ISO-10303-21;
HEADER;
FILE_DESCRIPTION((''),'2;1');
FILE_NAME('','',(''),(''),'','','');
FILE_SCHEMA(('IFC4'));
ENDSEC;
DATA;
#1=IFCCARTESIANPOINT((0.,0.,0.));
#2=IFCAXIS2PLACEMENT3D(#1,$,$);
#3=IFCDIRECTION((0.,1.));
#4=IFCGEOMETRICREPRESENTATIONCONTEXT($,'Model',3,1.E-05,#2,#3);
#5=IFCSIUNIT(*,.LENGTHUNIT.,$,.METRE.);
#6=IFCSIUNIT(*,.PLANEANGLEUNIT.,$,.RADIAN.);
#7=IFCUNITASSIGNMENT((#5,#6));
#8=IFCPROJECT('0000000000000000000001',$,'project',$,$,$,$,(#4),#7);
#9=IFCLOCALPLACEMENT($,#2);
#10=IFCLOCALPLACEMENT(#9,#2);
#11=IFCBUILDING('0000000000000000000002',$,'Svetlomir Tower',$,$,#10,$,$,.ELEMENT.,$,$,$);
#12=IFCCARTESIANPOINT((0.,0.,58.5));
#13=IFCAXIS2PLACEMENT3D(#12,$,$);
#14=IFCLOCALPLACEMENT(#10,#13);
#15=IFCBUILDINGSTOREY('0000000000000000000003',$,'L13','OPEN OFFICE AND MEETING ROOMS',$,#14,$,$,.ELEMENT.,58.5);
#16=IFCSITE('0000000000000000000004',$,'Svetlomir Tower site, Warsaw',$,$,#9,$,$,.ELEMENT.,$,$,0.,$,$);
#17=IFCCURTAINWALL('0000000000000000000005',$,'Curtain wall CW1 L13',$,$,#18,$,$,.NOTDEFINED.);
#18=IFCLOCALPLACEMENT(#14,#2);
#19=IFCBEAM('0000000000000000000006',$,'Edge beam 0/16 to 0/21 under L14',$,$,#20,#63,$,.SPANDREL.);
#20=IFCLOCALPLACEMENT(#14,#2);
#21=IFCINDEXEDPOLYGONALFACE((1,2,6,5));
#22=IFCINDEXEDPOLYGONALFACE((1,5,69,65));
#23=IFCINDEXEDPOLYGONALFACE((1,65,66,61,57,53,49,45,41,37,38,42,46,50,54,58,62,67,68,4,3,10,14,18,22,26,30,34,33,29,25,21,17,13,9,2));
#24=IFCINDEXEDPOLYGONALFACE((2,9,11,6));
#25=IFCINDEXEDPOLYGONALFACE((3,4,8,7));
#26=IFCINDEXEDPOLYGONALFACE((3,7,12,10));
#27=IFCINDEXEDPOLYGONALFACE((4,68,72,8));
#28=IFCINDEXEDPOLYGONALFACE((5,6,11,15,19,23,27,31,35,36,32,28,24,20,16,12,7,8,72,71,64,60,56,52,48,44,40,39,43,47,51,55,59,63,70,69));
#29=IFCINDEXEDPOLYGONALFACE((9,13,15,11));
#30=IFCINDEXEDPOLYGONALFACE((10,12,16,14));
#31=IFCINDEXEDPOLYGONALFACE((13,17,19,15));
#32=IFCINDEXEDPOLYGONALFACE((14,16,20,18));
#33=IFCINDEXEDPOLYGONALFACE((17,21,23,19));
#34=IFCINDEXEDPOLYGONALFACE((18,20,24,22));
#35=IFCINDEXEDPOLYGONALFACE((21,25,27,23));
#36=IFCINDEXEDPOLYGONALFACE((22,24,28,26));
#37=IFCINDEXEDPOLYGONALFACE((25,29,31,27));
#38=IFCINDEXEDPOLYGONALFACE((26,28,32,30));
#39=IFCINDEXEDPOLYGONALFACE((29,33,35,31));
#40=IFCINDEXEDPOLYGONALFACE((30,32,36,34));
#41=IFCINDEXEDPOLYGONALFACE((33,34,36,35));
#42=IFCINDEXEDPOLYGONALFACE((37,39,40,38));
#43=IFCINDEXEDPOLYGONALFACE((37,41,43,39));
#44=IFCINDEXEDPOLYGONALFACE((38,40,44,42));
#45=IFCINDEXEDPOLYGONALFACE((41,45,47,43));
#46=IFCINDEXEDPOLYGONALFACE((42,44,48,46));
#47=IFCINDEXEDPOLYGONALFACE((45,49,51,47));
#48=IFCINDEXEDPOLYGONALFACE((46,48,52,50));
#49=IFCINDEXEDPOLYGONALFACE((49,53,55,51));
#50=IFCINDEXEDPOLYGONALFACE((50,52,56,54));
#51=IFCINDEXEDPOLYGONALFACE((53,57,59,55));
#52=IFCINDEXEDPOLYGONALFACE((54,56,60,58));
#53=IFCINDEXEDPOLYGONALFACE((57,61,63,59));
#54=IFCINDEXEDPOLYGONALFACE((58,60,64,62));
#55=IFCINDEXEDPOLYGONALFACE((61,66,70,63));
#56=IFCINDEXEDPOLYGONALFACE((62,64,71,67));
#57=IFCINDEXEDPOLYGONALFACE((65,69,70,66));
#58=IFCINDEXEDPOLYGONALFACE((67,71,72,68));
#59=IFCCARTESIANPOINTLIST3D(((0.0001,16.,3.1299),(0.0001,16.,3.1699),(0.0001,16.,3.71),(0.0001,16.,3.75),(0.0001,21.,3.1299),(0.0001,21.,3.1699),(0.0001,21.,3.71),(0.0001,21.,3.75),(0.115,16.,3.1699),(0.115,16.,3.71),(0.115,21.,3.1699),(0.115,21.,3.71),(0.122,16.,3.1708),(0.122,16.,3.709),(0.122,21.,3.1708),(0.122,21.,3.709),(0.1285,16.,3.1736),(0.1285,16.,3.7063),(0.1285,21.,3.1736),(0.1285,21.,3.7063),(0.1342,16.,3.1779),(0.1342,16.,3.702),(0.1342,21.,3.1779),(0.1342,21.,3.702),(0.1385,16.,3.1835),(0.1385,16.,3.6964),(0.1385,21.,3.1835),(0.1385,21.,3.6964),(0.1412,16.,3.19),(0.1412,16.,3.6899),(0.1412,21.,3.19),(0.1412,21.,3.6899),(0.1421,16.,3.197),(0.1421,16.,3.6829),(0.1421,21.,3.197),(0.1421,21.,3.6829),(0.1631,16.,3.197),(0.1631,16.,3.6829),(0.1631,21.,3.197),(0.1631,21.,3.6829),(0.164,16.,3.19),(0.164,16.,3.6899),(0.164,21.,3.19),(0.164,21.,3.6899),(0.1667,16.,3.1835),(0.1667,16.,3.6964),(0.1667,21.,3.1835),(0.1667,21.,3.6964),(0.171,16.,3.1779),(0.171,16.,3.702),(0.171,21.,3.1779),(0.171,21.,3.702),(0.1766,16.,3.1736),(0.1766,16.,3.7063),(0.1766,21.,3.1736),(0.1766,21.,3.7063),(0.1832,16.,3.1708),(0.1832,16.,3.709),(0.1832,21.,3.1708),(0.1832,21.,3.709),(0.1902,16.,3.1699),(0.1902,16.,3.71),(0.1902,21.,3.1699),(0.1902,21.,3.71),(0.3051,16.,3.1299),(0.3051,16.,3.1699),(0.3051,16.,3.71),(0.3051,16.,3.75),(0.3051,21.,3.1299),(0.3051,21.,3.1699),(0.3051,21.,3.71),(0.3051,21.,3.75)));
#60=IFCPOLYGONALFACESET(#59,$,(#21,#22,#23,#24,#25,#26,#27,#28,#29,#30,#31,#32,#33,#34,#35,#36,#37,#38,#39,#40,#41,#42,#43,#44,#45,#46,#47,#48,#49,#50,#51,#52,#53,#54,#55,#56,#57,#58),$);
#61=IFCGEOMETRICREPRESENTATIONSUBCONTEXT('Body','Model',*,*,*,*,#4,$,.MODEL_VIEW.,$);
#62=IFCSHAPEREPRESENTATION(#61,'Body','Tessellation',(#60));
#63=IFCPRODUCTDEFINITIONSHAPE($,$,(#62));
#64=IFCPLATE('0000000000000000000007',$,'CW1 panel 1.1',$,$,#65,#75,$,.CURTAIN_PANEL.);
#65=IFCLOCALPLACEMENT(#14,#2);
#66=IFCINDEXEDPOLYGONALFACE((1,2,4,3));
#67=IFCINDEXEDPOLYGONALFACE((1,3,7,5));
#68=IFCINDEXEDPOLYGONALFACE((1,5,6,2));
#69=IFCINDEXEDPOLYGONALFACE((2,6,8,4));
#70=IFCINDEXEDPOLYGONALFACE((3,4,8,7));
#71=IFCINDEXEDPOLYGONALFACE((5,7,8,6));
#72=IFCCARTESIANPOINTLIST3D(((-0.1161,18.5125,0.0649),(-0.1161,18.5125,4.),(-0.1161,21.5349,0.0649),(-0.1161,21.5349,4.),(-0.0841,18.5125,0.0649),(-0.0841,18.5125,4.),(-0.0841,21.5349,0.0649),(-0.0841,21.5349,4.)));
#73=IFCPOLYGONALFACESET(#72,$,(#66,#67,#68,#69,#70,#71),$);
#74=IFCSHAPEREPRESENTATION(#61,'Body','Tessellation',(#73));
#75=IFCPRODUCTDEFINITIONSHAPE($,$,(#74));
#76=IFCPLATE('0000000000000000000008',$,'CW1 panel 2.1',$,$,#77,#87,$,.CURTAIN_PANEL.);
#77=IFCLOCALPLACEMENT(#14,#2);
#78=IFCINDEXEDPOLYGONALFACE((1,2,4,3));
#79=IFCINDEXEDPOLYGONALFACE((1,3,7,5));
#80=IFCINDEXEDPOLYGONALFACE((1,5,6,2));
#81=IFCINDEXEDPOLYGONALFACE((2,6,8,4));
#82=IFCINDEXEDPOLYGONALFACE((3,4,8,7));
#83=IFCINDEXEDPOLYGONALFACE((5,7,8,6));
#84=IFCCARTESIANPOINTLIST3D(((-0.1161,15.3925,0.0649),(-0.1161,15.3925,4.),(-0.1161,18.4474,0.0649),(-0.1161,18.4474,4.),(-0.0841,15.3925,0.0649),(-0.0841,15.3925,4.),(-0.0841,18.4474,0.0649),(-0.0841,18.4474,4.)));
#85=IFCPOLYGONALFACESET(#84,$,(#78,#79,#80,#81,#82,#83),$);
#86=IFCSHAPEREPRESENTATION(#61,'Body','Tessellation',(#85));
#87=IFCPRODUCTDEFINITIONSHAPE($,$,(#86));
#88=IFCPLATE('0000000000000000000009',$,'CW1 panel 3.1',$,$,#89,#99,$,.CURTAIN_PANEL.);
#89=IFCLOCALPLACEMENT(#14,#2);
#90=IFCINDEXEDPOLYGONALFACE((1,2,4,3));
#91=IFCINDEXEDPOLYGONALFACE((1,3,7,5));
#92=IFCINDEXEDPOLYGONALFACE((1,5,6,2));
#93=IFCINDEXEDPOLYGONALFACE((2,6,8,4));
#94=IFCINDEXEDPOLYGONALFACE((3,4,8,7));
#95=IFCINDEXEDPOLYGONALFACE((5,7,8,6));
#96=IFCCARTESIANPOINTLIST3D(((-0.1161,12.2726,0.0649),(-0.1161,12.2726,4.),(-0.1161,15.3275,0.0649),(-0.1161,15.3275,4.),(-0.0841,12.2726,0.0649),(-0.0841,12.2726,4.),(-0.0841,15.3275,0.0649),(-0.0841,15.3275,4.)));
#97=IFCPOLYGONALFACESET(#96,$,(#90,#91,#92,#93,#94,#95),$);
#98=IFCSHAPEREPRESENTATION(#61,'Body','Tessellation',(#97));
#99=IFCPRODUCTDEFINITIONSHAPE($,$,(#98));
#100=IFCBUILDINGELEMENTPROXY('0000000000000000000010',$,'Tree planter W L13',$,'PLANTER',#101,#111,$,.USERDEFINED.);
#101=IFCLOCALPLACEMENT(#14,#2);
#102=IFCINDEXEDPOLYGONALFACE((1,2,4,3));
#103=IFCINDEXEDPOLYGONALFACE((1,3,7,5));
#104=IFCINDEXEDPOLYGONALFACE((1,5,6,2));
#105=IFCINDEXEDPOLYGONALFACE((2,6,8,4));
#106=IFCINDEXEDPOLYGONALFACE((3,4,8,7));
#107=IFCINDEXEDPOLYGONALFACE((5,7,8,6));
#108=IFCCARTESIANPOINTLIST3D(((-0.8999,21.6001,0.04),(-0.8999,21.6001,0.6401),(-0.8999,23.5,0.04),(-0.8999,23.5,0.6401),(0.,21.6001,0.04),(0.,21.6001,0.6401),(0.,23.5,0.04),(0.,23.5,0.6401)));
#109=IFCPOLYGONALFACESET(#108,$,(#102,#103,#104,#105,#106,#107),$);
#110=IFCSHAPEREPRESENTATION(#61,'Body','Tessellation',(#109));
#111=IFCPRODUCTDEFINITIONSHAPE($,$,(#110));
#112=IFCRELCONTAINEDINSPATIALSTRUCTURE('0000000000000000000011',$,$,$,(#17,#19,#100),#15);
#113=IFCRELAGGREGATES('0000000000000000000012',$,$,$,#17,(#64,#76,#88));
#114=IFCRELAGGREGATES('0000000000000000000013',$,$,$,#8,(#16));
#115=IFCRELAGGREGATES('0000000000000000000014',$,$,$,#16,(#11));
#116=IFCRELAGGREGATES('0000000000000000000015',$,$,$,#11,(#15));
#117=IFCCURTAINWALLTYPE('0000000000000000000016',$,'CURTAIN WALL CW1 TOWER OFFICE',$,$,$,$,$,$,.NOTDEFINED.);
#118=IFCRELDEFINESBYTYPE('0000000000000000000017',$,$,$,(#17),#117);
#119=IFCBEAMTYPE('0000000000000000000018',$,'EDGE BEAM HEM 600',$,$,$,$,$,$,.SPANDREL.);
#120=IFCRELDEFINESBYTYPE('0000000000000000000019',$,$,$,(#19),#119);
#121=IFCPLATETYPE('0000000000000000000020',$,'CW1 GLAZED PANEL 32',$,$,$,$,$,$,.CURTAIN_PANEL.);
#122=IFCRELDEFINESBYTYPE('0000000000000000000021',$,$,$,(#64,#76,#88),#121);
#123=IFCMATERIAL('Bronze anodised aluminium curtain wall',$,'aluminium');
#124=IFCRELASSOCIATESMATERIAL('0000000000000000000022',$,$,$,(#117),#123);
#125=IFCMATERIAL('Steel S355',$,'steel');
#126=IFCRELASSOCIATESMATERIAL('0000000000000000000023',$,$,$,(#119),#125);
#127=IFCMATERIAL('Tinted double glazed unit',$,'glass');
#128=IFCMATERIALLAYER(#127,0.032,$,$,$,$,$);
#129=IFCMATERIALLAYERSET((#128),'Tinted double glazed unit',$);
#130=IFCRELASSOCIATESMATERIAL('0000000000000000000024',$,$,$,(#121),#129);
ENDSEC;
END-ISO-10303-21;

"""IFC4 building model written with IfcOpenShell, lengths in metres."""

from ifc_helpers import new_model, si_unit, direction, frame, origin, origin_2d, place, context, subcontext, project, spatial, rectangle, i_section, extrude, material, layer, layer_set, material_profile, profile_set, type_object, element, aggregate, save


model = new_model("IFC4")

# Units and contexts
model_context = context("Model", 3, precision=1e-05, world=origin(), true_north=direction((0.0, 1.0)))
body_context = subcontext(model_context, "Body", "Model", "MODEL_VIEW")
ifc_project = project(units=[si_unit("LENGTHUNIT", "METRE"), si_unit("PLANEANGLEUNIT", "RADIAN")], contexts=[model_context])

# Site, building, storey
site_placement = place(None, origin())
site = spatial("IfcSite", under=ifc_project, at=site_placement, Name="Svetlomir Tower site, Warsaw", CompositionType="ELEMENT", RefElevation=0.0)
building_placement = place(site_placement, origin())
building = spatial("IfcBuilding", under=site, at=building_placement, Name="Svetlomir Tower", CompositionType="ELEMENT")
storey_placement = place(building_placement, frame((0.0, 0.0, 58.5)))
storey = spatial("IfcBuildingStorey", under=building, at=storey_placement, Name="L13", Description="OPEN OFFICE AND MEETING ROOMS", CompositionType="ELEMENT", Elevation=58.5)

# Curtain wall
ifc_material_1 = material(Name="Bronze anodised aluminium curtain wall", Category="aluminium")
curtain_wall_type = type_object("IfcCurtainWallType", Name="CURTAIN WALL CW1 TOWER OFFICE", PredefinedType="NOTDEFINED", material=ifc_material_1)
curtain_wall_placement = place(storey_placement, origin())
curtain_wall = element("IfcCurtainWall", 1, at=curtain_wall_placement, inside=storey, type_object=curtain_wall_type, Name="Curtain wall CW1 L13", PredefinedType="NOTDEFINED")

# Beam
ifc_material_2 = material(Name="Steel S355", Category="steel")
ifc_material_profile_1 = material_profile(ifc_material_2, i_section(OverallWidth=0.3049, OverallDepth=0.6201, WebThickness=0.021, FlangeThickness=0.04, FilletRadius=0.0271, at=origin_2d()), Name="HEM 600")
ifc_profile_set_1 = profile_set([ifc_material_profile_1], Name="Steel S355")
beam_type_1 = type_object("IfcBeamType", Name="EDGE BEAM HEM 600", PredefinedType="SPANDREL", material=ifc_profile_set_1)
beam_1_placement = place(storey_placement, frame((0.1526, 16.0, 3.4399), z_axis=(0.0, 1.0, 0.0), x_axis=(-1.0, 0.0, 0.0)))
element("IfcBeam", 2, at=beam_1_placement, inside=storey, type_object=beam_type_1, Name="Edge beam 0/16 to 0/21 under L14", PredefinedType="SPANDREL", context=body_context, shape_type="SweptSolid", body=[
    extrude(i_section(OverallWidth=0.3049, OverallDepth=0.6201, WebThickness=0.021, FlangeThickness=0.04, FilletRadius=0.0271, at=origin_2d()), origin(), (0.0, 0.0, 1.0), 5.0),
])

# Plates
ifc_material_3 = material(Name="Tinted double glazed unit", Category="glass")
ifc_layer = layer(ifc_material_3, 0.032)
ifc_layer_set = layer_set([ifc_layer], Name="Tinted double glazed unit")
plate_type = type_object("IfcPlateType", Name="CW1 GLAZED PANEL 32", PredefinedType="CURTAIN_PANEL", material=ifc_layer_set)
plate_1_placement = place(storey_placement, frame((-0.1001, 20.0237, 0.0649), z_axis=(0.0, 0.0, 1.0), x_axis=(0.0, -1.0, 0.0)))
plate_1 = element("IfcPlate", 3, at=plate_1_placement, type_object=plate_type, Name="CW1 panel 1.1", PredefinedType="CURTAIN_PANEL", context=body_context, shape_type="SweptSolid", body=[
    extrude(rectangle(XDim=3.0225, YDim=0.032, at=origin_2d()), origin(), (0.0, 0.0, 1.0), 3.9351),
])
plate_2_placement = place(storey_placement, frame((-0.1001, 16.9199, 0.0649), z_axis=(0.0, 0.0, 1.0), x_axis=(0.0, -1.0, 0.0)))
plate_2 = element("IfcPlate", 4, at=plate_2_placement, type_object=plate_type, Name="CW1 panel 2.1", PredefinedType="CURTAIN_PANEL", context=body_context, shape_type="SweptSolid", body=[
    extrude(rectangle(XDim=3.0549, YDim=0.032, at=origin_2d()), origin(), (0.0, 0.0, 1.0), 3.9351),
])
plate_3_placement = place(storey_placement, frame((-0.1001, 13.8, 0.0649), z_axis=(0.0, 0.0, 1.0), x_axis=(0.0, -1.0, 0.0)))
plate_3 = element("IfcPlate", 5, at=plate_3_placement, type_object=plate_type, Name="CW1 panel 3.1", PredefinedType="CURTAIN_PANEL", context=body_context, shape_type="SweptSolid", body=[
    extrude(rectangle(XDim=3.0549, YDim=0.032, at=origin_2d()), origin(), (0.0, 0.0, 1.0), 3.9351),
])
aggregate(curtain_wall, [plate_1, plate_2, plate_3])

# Building element proxy
proxy_placement = place(storey_placement, frame((-0.45, 22.55, 0.04), z_axis=(0.0, 0.0, 1.0), x_axis=(1.0, 0.0, 0.0)))
element("IfcBuildingElementProxy", 6, at=proxy_placement, inside=storey, Name="Tree planter W L13", ObjectType="PLANTER", PredefinedType="USERDEFINED", context=body_context, shape_type="SweptSolid", body=[
    extrude(rectangle(XDim=0.8999, YDim=1.8999, at=origin_2d()), origin(), (0.0, 0.0, 1.0), 0.6001),
])

save(model, "model.ifc")
